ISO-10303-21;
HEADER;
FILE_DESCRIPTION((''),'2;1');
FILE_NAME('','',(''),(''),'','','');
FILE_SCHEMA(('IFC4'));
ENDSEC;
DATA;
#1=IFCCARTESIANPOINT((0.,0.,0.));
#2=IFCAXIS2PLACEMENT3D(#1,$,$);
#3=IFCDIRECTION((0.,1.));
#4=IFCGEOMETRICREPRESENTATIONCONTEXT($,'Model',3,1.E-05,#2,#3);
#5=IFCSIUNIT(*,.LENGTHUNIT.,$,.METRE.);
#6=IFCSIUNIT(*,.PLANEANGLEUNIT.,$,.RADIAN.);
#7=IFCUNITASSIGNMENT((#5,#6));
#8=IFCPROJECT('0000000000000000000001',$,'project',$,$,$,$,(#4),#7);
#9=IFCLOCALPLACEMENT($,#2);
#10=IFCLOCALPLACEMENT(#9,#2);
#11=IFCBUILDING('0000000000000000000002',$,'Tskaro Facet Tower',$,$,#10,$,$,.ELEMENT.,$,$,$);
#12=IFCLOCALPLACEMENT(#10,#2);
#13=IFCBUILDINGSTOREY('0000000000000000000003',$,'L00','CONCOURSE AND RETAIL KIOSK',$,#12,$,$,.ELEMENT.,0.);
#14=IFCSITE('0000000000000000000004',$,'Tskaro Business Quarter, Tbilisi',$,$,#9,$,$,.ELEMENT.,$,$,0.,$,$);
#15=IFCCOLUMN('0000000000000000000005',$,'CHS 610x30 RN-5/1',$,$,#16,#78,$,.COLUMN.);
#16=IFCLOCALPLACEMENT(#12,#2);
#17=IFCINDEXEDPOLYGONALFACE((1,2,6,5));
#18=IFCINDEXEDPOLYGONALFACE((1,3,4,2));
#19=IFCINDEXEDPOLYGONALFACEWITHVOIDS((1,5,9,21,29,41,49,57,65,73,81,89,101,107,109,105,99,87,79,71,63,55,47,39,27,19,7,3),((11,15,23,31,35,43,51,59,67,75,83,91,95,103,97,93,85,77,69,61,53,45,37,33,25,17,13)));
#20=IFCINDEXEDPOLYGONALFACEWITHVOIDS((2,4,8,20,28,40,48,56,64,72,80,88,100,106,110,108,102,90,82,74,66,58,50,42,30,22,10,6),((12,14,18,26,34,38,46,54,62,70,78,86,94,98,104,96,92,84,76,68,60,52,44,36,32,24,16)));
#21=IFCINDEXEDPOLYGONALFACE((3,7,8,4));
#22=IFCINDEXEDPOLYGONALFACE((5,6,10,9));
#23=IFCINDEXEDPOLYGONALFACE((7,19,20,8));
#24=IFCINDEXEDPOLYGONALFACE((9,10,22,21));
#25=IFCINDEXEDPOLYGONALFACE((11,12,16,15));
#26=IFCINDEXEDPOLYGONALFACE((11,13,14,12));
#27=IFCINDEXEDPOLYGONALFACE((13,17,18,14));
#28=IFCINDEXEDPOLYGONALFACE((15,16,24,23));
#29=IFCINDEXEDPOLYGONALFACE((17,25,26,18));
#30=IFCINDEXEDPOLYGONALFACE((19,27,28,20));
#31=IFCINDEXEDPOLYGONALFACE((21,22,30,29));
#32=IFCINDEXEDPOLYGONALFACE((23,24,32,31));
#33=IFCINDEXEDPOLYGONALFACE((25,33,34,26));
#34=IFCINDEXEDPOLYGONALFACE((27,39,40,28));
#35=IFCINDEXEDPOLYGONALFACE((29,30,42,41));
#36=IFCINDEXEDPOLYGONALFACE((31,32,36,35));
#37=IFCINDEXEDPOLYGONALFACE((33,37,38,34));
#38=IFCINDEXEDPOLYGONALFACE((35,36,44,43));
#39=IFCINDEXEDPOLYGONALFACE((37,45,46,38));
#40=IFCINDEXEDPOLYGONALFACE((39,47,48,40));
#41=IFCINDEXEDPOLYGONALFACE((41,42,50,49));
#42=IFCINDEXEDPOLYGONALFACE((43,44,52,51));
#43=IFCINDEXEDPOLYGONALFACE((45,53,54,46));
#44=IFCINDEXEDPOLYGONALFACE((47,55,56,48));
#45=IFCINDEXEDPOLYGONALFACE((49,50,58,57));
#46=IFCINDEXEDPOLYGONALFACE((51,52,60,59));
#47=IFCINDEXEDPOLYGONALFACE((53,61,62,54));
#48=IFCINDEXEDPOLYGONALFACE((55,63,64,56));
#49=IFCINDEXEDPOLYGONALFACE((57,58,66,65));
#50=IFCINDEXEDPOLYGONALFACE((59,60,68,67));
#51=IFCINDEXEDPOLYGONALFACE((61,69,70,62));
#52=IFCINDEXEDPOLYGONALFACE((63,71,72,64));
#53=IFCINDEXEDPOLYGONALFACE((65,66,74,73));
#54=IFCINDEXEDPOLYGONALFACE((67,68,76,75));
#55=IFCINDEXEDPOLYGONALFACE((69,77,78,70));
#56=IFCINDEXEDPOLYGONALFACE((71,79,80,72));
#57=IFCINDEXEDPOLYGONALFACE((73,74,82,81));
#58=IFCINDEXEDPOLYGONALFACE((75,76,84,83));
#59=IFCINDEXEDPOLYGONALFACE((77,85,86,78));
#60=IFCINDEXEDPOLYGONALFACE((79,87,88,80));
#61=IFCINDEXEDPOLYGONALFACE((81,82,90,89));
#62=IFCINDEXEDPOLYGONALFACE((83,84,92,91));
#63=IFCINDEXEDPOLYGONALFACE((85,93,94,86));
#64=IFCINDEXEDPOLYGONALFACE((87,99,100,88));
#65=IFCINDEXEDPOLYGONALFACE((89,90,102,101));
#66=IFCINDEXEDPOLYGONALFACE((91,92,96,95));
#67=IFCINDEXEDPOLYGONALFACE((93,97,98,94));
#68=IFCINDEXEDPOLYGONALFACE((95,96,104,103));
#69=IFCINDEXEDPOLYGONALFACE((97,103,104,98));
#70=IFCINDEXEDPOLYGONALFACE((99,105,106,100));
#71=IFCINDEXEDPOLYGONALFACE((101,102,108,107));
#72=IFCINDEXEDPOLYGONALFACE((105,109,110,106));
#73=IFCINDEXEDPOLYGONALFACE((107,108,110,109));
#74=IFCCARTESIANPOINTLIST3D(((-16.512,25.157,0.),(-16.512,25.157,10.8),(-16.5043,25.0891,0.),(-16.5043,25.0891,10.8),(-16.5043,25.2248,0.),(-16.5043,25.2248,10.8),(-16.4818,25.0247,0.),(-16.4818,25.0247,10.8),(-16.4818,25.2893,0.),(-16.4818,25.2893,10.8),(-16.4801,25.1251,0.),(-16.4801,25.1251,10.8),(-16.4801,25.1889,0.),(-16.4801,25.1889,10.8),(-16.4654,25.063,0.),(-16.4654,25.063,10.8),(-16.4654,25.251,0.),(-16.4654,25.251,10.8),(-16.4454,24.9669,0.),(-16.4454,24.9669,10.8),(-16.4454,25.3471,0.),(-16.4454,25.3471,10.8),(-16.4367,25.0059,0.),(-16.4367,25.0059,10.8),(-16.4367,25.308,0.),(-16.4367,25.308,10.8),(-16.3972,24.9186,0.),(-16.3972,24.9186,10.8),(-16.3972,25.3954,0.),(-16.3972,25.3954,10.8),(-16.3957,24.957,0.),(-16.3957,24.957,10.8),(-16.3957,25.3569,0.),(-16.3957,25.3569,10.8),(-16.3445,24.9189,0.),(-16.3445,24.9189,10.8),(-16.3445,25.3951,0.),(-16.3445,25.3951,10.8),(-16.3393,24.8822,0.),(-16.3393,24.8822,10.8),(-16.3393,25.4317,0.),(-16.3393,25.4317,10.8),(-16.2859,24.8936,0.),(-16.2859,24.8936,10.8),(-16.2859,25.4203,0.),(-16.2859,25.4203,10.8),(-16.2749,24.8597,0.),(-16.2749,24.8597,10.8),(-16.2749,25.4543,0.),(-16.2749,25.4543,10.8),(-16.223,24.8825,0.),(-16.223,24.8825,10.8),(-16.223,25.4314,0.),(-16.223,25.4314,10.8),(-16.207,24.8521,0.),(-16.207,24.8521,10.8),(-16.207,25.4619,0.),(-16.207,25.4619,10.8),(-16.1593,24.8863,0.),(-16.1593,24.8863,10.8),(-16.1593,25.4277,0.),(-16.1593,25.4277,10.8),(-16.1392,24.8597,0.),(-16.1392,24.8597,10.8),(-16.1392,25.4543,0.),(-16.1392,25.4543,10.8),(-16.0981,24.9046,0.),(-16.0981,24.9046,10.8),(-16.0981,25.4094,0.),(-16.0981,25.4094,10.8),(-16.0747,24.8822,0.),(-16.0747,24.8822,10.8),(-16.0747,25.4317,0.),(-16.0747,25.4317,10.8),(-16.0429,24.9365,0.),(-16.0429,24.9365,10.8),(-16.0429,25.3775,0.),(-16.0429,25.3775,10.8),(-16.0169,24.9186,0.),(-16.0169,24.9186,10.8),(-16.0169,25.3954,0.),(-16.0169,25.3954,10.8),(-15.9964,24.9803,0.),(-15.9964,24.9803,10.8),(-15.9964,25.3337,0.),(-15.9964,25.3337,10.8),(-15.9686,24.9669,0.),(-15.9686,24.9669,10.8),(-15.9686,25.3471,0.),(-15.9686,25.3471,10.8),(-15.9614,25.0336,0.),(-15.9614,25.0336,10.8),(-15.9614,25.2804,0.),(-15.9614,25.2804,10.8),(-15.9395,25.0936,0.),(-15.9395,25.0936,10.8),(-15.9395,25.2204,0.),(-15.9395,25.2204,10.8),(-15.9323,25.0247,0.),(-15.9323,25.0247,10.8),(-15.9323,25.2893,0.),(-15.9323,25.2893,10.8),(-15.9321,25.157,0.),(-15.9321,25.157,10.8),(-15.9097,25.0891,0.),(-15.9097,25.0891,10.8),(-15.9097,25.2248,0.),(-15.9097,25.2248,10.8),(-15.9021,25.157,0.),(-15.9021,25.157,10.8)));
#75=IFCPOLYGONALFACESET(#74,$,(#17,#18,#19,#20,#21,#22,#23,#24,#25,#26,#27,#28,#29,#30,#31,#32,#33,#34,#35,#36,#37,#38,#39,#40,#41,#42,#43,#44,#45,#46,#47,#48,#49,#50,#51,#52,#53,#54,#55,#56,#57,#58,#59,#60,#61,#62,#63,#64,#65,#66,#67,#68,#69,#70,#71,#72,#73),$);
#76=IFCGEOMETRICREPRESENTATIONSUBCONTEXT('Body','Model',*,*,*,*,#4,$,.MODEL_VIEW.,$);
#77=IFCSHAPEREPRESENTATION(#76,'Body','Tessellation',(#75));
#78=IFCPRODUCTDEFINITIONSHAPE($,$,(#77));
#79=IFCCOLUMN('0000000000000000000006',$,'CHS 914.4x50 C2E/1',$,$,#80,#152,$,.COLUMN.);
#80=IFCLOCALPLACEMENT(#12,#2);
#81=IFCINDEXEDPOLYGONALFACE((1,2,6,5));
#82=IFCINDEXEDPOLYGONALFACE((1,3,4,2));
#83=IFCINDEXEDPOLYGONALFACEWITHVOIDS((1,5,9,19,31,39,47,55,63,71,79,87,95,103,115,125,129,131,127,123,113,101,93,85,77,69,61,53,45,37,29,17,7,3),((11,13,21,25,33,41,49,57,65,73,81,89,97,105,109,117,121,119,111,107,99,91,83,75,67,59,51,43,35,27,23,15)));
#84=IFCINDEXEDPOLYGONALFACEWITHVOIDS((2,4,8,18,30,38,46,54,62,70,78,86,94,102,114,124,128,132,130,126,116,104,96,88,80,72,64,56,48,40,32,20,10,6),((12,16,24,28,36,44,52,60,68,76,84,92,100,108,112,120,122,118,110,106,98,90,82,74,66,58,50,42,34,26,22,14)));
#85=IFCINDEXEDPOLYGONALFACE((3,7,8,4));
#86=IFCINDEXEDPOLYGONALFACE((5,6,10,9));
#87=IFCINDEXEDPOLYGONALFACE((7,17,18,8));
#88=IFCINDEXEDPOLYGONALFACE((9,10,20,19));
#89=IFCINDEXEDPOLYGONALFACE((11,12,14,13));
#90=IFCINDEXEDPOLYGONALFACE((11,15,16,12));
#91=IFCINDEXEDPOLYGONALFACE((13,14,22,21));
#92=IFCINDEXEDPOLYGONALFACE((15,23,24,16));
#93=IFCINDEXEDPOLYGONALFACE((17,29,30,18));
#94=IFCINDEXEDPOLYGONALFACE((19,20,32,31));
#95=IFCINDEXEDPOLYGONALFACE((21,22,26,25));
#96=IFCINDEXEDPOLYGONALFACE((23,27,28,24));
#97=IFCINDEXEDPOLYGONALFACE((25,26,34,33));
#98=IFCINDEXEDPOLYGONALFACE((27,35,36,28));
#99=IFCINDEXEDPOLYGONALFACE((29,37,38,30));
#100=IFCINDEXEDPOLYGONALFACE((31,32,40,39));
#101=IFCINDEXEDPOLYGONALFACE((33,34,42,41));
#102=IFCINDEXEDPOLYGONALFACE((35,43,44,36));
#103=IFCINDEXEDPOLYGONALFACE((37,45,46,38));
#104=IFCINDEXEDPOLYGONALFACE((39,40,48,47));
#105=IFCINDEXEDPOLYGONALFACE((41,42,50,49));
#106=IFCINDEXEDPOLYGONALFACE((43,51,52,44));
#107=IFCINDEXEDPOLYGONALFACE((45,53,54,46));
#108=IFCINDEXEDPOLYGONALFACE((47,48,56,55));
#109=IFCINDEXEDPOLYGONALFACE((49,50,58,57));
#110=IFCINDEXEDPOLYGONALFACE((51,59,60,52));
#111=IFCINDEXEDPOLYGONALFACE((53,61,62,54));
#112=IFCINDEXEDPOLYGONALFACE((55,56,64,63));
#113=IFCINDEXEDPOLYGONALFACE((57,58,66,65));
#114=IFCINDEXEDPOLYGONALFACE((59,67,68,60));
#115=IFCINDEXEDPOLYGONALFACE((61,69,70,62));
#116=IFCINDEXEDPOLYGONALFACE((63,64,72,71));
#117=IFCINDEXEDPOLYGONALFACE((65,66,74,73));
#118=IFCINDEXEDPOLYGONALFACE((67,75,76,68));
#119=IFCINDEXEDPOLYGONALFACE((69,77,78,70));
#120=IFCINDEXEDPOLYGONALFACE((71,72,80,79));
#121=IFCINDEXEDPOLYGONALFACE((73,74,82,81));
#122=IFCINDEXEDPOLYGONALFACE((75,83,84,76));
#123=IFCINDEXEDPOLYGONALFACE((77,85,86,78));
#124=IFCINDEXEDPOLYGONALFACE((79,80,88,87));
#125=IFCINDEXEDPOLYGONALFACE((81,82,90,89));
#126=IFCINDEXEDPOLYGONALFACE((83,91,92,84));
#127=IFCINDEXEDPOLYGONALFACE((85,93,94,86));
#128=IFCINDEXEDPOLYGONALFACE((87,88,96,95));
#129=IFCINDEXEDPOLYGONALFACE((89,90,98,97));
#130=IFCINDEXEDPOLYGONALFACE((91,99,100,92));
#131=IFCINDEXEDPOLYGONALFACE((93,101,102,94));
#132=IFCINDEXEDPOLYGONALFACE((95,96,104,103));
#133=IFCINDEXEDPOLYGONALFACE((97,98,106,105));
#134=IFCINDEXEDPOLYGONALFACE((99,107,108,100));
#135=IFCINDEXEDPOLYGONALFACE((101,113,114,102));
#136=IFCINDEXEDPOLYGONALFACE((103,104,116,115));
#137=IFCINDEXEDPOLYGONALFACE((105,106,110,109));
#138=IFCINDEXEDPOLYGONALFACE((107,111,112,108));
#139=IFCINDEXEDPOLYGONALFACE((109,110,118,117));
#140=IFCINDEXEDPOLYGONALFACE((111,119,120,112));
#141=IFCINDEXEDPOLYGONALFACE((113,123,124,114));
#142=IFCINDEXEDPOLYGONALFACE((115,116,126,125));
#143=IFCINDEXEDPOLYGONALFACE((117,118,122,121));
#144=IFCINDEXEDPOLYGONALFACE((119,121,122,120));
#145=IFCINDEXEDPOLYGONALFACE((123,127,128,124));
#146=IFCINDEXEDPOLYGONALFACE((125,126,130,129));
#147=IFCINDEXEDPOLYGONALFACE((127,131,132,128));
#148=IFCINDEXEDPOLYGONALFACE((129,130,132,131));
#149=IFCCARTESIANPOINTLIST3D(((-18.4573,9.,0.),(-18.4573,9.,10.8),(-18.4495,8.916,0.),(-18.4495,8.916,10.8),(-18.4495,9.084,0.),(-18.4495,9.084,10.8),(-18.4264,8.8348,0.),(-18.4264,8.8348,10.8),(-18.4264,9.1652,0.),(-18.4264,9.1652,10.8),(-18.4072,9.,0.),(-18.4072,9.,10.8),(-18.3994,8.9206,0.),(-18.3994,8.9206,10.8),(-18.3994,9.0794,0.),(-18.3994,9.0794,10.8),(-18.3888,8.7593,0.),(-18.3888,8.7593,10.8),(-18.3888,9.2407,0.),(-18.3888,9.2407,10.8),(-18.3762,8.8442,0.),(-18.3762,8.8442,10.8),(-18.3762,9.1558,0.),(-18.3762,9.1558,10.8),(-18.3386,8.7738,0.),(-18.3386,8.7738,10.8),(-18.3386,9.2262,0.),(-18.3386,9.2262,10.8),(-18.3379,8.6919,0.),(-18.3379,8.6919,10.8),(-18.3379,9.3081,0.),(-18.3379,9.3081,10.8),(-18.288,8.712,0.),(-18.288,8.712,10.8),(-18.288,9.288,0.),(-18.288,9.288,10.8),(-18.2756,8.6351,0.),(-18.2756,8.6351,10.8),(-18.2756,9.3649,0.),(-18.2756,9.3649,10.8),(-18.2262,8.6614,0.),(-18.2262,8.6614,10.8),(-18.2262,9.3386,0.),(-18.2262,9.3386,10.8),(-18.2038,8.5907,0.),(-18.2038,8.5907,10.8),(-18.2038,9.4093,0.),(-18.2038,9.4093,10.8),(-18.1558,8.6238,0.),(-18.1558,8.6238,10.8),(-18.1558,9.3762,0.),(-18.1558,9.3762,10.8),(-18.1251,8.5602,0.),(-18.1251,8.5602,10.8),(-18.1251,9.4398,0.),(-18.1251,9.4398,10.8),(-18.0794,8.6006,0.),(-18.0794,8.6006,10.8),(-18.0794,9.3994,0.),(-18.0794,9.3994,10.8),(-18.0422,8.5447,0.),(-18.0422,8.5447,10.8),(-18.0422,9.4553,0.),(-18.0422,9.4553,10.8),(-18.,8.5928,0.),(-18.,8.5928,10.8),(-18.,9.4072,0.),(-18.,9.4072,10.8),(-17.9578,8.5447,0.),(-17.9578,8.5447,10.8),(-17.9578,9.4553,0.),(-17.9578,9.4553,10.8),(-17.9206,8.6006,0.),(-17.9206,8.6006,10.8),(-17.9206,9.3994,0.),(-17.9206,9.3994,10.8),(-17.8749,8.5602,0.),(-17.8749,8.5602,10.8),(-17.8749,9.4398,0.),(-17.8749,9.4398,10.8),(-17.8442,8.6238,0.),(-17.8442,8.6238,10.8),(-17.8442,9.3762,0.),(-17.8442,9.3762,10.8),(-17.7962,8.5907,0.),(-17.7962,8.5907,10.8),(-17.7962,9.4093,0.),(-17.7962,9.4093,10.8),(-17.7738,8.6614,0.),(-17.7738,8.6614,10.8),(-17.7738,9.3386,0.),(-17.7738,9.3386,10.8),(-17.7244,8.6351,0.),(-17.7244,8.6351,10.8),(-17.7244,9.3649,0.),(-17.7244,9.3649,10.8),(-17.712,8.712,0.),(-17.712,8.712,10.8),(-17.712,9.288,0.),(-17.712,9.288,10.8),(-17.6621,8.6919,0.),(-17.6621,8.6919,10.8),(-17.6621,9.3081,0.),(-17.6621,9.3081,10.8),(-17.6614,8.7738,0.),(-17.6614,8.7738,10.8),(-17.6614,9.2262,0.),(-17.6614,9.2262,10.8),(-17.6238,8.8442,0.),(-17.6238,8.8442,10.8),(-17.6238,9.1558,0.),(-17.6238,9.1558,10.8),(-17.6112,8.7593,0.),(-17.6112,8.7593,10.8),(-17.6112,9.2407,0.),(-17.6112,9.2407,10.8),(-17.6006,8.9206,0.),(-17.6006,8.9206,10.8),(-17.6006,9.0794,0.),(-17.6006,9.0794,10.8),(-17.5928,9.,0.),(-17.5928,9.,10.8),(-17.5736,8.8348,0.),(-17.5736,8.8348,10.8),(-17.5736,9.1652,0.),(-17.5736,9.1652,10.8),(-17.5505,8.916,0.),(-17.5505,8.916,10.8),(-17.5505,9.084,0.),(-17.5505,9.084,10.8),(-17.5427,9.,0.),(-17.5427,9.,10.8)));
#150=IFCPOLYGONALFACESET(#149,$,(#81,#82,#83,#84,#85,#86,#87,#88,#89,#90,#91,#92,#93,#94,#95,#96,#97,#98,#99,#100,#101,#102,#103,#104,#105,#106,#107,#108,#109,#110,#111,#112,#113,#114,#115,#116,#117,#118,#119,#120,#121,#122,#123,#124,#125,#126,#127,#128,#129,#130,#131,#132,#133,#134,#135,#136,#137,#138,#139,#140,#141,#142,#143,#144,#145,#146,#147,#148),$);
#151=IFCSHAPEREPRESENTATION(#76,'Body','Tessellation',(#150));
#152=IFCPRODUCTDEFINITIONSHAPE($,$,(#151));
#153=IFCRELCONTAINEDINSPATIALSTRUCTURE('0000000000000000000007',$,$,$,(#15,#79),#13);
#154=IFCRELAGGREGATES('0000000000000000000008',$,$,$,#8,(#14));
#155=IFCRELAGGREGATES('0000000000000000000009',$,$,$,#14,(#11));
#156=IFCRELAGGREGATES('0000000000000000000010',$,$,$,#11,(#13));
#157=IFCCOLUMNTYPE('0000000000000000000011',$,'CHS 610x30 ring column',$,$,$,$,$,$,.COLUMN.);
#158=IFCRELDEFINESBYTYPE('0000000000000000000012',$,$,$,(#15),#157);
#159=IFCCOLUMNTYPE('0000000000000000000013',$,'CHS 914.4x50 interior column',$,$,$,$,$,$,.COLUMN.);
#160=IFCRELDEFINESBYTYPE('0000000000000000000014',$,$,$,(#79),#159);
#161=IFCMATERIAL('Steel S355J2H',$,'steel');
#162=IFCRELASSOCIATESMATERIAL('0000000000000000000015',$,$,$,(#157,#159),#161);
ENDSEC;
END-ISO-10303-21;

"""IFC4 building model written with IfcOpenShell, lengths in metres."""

from ifc_helpers import new_model, si_unit, direction, frame, origin, origin_2d, place, context, subcontext, project, spatial, hollow_circle, extrude, material, material_profile, profile_set, type_object, element, save


model = new_model("IFC4")

# Units and contexts
model_context = context("Model", 3, precision=1e-05, world=origin(), true_north=direction((0.0, 1.0)))
body_context = subcontext(model_context, "Body", "Model", "MODEL_VIEW")
ifc_project = project(units=[si_unit("LENGTHUNIT", "METRE"), si_unit("PLANEANGLEUNIT", "RADIAN")], contexts=[model_context])

# Site, building, storey
site_placement = place(None, origin())
site = spatial("IfcSite", under=ifc_project, at=site_placement, Name="Tskaro Business Quarter, Tbilisi", CompositionType="ELEMENT", RefElevation=0.0)
building_placement = place(site_placement, origin())
building = spatial("IfcBuilding", under=site, at=building_placement, Name="Tskaro Facet Tower", CompositionType="ELEMENT")
storey_placement = place(building_placement, origin())
storey = spatial("IfcBuildingStorey", under=building, at=storey_placement, Name="L00", Description="CONCOURSE AND RETAIL KIOSK", CompositionType="ELEMENT", Elevation=0.0)

# Columns
ifc_material_1 = material(Name="Steel S355J2H", Category="steel")
ifc_material_profile_1 = material_profile(ifc_material_1, hollow_circle(Radius=0.3049, WallThickness=0.03, at=origin_2d()), Name="CHS 610x30")
ifc_profile_set_1 = profile_set([ifc_material_profile_1], Name="Steel S355J2H")
column_type_1 = type_object("IfcColumnType", Name="CHS 610x30 ring column", PredefinedType="COLUMN", material=ifc_profile_set_1)
column_placement = place(storey_placement, frame((-16.207, 25.157, 0.0), z_axis=(0.0, 0.0, 1.0), x_axis=(1.0, 0.0, 0.0)))
element("IfcColumn", 1, at=column_placement, inside=storey, type_object=column_type_1, Name="CHS 610x30 RN-5/1", PredefinedType="COLUMN", context=body_context, shape_type="SweptSolid", body=[
    extrude(hollow_circle(Radius=0.3049, WallThickness=0.03, at=origin_2d()), origin(), (0.0, 0.0, 1.0), 10.8),
])
ifc_material_profile_2 = material_profile(ifc_material_1, hollow_circle(Radius=0.4573, WallThickness=0.05, at=origin_2d()), Name="CHS 914.4x50")
ifc_profile_set_2 = profile_set([ifc_material_profile_2], Name="Steel S355J2H")
column_type_2 = type_object("IfcColumnType", Name="CHS 914.4x50 interior column", PredefinedType="COLUMN", material=ifc_profile_set_2)
for number, where, z_axis, x_axis, name in (
    (2, (-18.0, 9.0, 0.0), (0.0, 0.0, 1.0), (1.0, 0.0, 0.0), "CHS 914.4x50 C2E/1"),
):
    element("IfcColumn", number, at=place(storey_placement, frame(where, z_axis=z_axis, x_axis=x_axis)), inside=storey, type_object=column_type_2, Name=name, PredefinedType="COLUMN", context=body_context, shape_type="SweptSolid", body=[
        extrude(hollow_circle(Radius=0.4573, WallThickness=0.05, at=origin_2d()), origin(), (0.0, 0.0, 1.0), 10.8),
    ])

save(model, "model.ifc")
